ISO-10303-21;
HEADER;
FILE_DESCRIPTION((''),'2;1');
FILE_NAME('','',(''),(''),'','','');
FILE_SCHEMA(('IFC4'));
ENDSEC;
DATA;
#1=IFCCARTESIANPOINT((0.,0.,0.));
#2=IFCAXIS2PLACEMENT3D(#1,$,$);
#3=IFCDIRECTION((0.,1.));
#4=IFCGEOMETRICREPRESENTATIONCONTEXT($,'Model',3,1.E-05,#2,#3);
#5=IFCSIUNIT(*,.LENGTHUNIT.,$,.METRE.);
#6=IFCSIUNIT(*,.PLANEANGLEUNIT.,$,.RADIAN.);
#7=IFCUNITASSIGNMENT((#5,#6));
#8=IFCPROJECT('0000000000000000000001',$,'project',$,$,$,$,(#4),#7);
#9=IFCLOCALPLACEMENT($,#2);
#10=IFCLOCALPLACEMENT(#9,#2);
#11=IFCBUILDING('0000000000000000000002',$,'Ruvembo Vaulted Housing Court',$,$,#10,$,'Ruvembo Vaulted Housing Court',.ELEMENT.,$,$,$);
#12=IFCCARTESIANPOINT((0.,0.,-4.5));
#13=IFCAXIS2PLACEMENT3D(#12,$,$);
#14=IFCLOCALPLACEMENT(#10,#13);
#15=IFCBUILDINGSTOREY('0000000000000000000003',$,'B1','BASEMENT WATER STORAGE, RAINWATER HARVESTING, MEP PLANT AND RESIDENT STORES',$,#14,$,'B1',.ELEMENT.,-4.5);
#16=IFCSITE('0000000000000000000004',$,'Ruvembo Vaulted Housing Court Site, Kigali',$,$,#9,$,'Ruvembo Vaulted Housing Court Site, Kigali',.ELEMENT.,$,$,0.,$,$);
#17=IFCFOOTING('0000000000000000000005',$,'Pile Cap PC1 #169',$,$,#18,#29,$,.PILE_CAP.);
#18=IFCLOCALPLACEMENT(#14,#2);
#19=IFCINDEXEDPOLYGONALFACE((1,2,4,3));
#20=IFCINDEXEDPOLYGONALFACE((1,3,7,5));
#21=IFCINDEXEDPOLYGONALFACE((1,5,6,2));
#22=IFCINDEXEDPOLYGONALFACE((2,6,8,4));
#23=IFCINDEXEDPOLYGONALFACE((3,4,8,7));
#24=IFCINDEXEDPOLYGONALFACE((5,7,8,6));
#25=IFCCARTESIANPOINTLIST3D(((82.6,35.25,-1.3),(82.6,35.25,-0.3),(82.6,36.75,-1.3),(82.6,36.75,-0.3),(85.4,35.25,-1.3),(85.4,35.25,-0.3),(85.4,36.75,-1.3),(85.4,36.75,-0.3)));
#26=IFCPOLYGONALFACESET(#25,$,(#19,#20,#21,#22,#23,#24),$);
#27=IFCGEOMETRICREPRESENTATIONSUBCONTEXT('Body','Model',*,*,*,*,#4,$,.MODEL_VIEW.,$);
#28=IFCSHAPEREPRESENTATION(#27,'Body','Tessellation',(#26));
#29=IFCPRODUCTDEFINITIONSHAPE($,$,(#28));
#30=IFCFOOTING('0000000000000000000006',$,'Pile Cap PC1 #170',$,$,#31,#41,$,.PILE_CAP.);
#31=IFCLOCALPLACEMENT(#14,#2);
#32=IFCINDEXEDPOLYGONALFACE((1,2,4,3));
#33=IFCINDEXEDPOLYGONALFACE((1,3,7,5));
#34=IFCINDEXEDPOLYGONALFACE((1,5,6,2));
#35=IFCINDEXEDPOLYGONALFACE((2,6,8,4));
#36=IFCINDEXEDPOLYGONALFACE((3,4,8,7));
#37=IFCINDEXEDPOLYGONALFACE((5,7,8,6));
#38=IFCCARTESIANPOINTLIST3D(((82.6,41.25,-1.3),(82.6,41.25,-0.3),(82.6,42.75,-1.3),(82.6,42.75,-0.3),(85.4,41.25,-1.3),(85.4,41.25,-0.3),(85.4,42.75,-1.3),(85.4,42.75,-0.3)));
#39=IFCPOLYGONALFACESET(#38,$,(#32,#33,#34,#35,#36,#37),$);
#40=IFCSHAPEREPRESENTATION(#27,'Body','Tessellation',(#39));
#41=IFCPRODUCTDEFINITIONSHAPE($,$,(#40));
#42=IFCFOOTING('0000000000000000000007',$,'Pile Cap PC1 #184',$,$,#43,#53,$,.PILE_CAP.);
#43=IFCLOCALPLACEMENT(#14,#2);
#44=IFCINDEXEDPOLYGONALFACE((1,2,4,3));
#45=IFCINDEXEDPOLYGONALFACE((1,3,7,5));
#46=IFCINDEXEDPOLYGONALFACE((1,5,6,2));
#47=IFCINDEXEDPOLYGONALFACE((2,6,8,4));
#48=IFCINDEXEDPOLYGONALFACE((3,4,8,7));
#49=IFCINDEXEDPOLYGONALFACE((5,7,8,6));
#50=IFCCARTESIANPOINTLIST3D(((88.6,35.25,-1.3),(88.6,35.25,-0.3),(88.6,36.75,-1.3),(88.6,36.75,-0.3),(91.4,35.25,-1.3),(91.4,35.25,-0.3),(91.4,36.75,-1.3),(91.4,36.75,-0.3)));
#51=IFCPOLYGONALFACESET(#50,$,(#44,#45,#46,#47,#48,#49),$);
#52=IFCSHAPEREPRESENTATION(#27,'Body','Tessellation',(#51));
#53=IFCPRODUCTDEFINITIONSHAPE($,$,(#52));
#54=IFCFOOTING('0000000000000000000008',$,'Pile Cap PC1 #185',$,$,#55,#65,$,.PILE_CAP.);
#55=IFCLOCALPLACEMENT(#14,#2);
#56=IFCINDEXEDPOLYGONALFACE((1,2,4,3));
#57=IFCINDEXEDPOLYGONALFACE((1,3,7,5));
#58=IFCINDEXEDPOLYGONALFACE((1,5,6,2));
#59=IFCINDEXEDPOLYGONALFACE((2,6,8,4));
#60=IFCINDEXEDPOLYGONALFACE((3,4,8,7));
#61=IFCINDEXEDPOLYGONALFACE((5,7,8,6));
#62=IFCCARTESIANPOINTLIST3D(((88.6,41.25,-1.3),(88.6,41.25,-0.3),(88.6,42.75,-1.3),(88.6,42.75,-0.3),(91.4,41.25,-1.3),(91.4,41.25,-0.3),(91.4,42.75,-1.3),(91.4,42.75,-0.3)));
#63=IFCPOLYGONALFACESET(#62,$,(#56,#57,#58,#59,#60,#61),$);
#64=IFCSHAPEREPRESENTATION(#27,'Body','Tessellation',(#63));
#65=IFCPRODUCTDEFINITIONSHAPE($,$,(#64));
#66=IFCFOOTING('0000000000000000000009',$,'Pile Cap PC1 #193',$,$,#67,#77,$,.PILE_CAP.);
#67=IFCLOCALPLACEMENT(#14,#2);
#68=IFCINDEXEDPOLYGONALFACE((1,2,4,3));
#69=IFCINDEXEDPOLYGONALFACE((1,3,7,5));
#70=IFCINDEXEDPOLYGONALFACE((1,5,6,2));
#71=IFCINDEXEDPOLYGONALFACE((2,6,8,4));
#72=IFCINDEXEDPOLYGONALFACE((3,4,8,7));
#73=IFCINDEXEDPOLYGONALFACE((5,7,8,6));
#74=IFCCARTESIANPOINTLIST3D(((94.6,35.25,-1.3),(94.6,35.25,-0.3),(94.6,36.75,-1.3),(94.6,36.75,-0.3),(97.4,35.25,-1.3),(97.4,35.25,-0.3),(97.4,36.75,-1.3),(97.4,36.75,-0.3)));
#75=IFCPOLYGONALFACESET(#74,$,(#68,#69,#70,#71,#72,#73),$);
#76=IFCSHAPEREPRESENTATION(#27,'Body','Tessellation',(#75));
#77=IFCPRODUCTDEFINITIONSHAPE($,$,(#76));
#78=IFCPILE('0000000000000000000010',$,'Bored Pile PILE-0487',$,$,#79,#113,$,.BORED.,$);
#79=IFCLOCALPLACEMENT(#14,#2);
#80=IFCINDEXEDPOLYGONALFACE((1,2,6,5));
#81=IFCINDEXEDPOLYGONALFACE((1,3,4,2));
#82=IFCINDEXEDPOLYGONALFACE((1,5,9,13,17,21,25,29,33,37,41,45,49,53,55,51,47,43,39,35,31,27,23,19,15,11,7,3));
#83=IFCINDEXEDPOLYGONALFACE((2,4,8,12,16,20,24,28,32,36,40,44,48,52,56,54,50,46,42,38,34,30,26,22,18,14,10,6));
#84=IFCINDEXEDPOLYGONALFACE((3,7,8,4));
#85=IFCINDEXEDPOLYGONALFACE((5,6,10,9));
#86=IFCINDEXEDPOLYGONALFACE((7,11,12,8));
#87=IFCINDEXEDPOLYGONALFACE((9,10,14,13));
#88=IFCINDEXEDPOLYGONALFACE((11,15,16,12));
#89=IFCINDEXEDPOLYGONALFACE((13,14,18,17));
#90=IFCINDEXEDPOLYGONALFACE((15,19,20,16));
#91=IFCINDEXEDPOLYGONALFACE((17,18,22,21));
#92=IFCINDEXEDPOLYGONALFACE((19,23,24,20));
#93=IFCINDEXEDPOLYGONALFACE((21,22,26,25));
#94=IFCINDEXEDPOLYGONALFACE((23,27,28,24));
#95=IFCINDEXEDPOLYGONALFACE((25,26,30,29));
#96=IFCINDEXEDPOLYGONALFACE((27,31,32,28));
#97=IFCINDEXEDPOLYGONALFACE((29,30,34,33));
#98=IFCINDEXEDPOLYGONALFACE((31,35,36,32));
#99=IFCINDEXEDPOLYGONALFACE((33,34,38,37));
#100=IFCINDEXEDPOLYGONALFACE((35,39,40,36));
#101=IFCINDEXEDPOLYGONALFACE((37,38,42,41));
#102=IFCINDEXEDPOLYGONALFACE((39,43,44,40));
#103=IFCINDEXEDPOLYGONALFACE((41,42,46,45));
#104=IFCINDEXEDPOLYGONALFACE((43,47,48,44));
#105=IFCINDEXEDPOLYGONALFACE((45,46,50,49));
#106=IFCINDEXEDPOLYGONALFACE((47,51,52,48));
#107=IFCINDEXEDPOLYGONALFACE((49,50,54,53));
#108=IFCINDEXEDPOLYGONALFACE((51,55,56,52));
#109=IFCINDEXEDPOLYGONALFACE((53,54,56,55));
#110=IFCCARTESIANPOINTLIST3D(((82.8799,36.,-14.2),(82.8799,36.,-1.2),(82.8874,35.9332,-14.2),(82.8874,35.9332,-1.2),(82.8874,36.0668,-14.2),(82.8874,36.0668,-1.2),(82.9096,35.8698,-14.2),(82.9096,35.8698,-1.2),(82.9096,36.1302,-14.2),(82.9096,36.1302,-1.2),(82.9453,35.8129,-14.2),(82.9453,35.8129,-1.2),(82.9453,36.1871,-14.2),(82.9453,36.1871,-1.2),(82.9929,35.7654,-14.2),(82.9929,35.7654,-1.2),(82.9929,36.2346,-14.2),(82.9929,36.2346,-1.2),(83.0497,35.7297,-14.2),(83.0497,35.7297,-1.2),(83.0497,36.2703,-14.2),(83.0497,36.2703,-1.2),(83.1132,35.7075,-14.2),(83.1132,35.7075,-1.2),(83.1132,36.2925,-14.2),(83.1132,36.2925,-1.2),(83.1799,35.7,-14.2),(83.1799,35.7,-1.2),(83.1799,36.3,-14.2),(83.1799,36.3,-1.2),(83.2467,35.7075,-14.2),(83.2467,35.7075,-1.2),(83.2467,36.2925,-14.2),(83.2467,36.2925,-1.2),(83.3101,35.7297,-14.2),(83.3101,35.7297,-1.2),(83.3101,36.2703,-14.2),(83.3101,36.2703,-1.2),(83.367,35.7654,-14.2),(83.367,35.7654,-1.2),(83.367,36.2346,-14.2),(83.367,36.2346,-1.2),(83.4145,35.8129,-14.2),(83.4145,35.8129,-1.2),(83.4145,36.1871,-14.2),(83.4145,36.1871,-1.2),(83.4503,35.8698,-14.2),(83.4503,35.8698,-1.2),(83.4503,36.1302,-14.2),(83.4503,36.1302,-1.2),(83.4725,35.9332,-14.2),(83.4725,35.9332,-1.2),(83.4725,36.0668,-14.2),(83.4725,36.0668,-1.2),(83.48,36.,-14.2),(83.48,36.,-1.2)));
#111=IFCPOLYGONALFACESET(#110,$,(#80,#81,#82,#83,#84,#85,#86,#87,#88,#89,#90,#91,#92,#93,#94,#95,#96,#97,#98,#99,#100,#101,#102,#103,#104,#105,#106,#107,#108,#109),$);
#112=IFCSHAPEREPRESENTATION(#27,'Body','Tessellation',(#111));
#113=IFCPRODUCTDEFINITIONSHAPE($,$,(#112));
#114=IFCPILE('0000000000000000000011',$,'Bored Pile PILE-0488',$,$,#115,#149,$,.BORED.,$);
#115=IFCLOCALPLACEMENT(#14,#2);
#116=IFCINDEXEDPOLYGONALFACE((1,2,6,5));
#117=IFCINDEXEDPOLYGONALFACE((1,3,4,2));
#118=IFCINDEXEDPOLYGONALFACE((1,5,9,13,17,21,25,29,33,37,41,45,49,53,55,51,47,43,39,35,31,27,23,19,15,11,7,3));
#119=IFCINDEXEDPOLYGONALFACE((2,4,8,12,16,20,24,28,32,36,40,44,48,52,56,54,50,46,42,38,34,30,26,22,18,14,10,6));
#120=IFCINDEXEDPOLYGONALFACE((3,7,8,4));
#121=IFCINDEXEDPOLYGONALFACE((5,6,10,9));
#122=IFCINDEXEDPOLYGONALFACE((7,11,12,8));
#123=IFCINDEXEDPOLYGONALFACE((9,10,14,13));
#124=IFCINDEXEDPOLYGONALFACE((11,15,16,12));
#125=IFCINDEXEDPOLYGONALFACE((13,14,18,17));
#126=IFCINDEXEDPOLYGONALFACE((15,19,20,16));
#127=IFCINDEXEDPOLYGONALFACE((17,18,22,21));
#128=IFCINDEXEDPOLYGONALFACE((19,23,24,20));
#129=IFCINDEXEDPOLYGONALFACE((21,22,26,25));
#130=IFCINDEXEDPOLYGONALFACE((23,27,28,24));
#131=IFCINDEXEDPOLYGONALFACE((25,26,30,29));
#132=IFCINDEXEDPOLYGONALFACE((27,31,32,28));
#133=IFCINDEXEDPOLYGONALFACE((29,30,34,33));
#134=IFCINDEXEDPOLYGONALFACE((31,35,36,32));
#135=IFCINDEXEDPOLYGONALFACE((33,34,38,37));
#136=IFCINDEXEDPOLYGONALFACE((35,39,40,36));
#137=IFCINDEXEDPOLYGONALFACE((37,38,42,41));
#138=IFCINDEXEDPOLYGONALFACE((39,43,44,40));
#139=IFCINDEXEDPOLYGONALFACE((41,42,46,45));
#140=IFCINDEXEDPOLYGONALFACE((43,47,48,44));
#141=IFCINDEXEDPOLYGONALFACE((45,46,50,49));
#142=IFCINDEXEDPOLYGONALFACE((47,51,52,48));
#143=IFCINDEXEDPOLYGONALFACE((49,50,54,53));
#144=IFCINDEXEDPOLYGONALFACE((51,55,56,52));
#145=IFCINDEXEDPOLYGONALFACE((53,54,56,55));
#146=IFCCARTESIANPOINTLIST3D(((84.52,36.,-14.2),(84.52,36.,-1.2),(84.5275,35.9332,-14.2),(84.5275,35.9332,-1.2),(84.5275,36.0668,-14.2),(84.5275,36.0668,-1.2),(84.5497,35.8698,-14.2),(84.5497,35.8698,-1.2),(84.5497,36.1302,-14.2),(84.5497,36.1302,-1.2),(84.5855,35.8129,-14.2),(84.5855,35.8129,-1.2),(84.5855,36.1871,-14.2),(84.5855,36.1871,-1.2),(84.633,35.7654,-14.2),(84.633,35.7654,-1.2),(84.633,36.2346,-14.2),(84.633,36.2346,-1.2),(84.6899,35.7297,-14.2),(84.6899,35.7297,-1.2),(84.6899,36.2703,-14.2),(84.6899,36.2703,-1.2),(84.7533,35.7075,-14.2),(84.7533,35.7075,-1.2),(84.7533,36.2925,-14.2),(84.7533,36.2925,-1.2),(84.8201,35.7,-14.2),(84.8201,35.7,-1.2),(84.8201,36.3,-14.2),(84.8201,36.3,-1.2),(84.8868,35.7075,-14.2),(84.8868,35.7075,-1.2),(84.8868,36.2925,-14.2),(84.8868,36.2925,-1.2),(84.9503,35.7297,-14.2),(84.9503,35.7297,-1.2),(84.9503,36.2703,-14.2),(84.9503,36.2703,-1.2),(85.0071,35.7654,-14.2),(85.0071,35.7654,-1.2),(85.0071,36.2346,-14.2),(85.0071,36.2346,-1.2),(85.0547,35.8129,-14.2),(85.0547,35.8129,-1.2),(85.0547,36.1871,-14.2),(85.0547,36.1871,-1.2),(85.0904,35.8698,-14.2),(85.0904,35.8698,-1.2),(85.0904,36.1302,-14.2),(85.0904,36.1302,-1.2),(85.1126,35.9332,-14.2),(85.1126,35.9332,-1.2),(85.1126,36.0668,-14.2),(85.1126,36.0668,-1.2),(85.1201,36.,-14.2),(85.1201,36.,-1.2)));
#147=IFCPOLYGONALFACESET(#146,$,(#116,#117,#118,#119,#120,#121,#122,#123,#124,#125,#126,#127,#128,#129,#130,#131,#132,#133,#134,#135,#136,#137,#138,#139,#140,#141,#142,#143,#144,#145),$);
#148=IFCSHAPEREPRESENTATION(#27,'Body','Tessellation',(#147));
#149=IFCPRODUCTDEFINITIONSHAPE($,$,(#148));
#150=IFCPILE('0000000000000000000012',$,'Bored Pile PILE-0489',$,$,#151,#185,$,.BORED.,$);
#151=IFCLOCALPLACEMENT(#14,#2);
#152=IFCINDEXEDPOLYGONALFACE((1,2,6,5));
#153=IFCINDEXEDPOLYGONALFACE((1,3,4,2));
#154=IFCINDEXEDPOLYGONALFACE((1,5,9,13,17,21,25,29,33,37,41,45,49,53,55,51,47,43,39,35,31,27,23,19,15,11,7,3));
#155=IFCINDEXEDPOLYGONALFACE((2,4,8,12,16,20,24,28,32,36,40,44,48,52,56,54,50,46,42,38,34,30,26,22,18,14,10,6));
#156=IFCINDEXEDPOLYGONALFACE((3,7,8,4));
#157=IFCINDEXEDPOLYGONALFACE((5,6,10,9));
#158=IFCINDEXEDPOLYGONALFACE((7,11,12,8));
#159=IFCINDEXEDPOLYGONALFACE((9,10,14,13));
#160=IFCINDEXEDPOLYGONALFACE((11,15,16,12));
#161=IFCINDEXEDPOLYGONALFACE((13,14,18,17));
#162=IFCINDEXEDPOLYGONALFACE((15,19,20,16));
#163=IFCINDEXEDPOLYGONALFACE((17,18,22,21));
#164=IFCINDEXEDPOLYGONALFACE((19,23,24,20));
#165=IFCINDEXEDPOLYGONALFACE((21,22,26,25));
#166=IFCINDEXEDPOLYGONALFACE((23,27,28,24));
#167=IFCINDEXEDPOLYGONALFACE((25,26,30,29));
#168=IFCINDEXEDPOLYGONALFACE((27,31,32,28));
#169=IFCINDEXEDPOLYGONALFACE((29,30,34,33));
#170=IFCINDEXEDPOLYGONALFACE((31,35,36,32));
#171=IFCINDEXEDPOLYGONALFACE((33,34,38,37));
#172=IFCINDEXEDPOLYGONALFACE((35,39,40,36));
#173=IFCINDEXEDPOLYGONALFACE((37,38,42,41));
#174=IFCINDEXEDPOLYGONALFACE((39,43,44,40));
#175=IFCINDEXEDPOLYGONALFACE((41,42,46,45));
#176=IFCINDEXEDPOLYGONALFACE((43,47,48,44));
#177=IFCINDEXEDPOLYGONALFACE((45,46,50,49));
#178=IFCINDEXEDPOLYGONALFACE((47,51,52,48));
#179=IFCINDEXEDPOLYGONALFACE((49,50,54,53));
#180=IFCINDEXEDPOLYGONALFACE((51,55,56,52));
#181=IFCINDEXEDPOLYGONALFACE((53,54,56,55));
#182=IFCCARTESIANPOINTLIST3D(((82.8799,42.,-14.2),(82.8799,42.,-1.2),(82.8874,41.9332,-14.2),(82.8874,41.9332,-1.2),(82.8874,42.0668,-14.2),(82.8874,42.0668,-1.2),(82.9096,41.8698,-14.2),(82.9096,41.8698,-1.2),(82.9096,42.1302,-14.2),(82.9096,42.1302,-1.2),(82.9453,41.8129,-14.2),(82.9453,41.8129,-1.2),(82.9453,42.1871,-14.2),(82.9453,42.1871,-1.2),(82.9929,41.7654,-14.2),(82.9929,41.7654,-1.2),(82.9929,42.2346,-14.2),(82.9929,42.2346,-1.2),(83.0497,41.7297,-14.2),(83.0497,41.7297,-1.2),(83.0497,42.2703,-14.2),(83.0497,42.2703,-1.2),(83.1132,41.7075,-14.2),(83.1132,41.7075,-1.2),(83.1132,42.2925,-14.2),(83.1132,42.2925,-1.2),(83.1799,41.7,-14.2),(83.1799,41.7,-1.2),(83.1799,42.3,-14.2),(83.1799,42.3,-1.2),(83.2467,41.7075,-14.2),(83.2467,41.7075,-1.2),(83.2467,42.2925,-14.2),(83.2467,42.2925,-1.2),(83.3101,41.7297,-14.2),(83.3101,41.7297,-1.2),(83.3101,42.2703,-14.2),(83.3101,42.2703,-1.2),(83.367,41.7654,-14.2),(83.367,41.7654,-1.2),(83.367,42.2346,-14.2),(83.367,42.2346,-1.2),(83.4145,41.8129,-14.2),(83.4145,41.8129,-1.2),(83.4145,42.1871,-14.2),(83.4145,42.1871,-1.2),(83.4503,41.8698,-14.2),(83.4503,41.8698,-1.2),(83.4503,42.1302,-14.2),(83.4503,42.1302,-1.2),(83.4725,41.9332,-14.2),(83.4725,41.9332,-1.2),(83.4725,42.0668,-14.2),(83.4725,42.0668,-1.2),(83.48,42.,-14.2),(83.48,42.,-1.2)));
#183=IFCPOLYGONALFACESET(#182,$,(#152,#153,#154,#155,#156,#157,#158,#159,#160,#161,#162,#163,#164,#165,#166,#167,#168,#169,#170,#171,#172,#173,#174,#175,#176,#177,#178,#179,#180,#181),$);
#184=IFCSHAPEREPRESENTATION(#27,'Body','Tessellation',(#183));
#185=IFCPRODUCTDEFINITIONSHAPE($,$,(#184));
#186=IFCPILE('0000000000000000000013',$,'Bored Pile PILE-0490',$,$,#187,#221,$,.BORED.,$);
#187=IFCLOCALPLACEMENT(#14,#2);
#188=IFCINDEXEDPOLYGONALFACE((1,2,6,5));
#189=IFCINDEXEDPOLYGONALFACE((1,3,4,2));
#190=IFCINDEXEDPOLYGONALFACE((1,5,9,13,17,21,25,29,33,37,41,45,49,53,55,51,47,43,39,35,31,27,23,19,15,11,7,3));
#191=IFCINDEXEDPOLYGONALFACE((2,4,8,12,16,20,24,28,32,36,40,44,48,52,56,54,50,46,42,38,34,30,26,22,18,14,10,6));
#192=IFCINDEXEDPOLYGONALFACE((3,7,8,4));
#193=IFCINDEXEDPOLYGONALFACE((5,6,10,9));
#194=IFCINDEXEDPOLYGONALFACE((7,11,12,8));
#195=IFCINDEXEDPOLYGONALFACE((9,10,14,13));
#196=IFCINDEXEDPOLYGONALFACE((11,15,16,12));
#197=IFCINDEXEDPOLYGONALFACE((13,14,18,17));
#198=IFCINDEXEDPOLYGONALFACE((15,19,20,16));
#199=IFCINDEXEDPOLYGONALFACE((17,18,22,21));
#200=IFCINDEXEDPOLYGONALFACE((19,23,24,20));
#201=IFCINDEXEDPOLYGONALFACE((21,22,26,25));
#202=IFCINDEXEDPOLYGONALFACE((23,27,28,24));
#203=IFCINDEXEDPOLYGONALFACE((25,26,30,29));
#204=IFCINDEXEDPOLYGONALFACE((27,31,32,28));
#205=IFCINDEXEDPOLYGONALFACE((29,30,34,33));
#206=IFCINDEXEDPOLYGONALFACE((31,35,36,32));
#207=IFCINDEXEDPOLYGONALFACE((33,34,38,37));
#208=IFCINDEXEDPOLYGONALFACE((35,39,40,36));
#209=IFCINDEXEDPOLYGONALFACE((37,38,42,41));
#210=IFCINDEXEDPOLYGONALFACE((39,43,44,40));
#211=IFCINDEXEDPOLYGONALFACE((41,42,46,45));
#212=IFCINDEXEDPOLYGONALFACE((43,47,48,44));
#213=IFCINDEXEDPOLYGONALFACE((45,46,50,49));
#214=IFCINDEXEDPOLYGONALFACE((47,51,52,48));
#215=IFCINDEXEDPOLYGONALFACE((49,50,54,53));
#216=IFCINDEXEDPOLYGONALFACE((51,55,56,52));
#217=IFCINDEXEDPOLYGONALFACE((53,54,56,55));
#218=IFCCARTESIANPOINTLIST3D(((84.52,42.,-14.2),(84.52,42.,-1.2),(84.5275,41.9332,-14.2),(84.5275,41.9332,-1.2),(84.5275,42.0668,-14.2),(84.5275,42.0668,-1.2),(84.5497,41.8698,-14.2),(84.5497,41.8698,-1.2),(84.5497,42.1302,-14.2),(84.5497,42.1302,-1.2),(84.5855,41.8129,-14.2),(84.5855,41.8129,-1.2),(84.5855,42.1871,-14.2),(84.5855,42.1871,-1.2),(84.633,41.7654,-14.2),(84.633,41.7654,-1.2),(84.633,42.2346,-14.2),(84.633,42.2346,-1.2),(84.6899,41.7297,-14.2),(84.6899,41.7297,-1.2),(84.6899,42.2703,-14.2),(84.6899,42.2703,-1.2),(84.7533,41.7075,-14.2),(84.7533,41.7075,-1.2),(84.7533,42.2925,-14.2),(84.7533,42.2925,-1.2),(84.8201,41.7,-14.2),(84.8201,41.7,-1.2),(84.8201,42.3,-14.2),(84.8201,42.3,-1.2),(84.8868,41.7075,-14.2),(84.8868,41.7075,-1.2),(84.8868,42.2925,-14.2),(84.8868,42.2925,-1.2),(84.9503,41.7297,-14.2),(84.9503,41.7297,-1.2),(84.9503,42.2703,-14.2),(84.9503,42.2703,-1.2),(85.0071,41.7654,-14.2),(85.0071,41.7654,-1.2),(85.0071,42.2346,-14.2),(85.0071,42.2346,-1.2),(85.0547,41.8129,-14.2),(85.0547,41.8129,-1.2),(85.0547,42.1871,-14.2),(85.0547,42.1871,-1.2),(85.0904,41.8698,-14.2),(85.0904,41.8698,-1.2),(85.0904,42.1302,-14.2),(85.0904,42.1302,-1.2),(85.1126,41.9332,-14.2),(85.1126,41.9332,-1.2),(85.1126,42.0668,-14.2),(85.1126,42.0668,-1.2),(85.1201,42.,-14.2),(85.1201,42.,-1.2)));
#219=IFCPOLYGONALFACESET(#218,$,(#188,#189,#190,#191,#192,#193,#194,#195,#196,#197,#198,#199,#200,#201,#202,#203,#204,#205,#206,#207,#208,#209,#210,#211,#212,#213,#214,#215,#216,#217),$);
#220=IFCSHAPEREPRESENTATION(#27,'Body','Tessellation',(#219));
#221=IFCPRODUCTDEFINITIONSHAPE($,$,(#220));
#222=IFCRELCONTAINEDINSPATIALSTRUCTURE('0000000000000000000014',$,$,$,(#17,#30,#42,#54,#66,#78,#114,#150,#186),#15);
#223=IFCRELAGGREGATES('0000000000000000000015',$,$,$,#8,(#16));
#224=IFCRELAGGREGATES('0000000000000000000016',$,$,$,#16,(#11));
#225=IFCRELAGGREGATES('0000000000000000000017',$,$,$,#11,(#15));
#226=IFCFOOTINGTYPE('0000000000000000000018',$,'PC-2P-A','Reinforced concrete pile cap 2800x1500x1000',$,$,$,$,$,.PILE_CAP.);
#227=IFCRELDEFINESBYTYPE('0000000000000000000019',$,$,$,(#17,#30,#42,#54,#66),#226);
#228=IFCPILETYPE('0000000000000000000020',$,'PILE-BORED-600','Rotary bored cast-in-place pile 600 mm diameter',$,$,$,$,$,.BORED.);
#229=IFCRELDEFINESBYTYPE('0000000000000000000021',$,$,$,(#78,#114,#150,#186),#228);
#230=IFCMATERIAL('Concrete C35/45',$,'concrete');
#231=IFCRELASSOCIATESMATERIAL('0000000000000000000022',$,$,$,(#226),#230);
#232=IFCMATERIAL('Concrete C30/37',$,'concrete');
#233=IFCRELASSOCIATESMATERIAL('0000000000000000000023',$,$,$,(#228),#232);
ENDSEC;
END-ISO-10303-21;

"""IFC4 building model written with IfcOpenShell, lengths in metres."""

from ifc_helpers import new_model, si_unit, direction, frame, origin, origin_2d, place, context, subcontext, project, spatial, rectangle, circle, extrude, material, material_profile, profile_set, type_object, element, save


model = new_model("IFC4")

# Units and contexts
model_context = context("Model", 3, precision=1e-05, world=origin(), true_north=direction((0.0, 1.0)))
body_context = subcontext(model_context, "Body", "Model", "MODEL_VIEW")
ifc_project = project(units=[si_unit("LENGTHUNIT", "METRE"), si_unit("PLANEANGLEUNIT", "RADIAN")], contexts=[model_context])

# Site, building, storey
site_placement = place(None, origin())
site = spatial("IfcSite", under=ifc_project, at=site_placement, Name="Ruvembo Vaulted Housing Court Site, Kigali", LongName="Ruvembo Vaulted Housing Court Site, Kigali", CompositionType="ELEMENT", RefElevation=0.0)
building_placement = place(site_placement, origin())
building = spatial("IfcBuilding", under=site, at=building_placement, Name="Ruvembo Vaulted Housing Court", LongName="Ruvembo Vaulted Housing Court", CompositionType="ELEMENT")
storey_placement = place(building_placement, frame((0.0, 0.0, -4.5)))
storey = spatial("IfcBuildingStorey", under=building, at=storey_placement, Name="B1", Description="BASEMENT WATER STORAGE, RAINWATER HARVESTING, MEP PLANT AND RESIDENT STORES", LongName="B1", CompositionType="ELEMENT", Elevation=-4.5)

# Footings
ifc_material_1 = material(Name="Concrete C35/45", Category="concrete")
footing_type = type_object("IfcFootingType", Name="PC-2P-A", Description="Reinforced concrete pile cap 2800x1500x1000", PredefinedType="PILE_CAP", material=ifc_material_1)
for number, where, z_axis, x_axis, name in (
    (1, (84.0, 36.0, -1.3), (0.0, 0.0, 1.0), (1.0, 0.0, 0.0), "Pile Cap PC1 #169"),
    (2, (84.0, 42.0, -1.3), (0.0, 0.0, 1.0), (1.0, 0.0, 0.0), "Pile Cap PC1 #170"),
    (3, (90.0, 36.0, -1.3), (0.0, 0.0, 1.0), (1.0, 0.0, 0.0), "Pile Cap PC1 #184"),
    (4, (90.0, 42.0, -1.3), (0.0, 0.0, 1.0), (1.0, 0.0, 0.0), "Pile Cap PC1 #185"),
    (5, (96.0, 36.0, -1.3), (0.0, 0.0, 1.0), (1.0, 0.0, 0.0), "Pile Cap PC1 #193"),
):
    element("IfcFooting", number, at=place(storey_placement, frame(where, z_axis=z_axis, x_axis=x_axis)), inside=storey, type_object=footing_type, Name=name, PredefinedType="PILE_CAP", context=body_context, shape_type="SweptSolid", body=[
        extrude(rectangle(XDim=2.8, YDim=1.5, at=origin_2d()), origin(), (0.0, 0.0, 1.0), 1.0),
    ])

# Piles
ifc_material_2 = material(Name="Concrete C30/37", Category="concrete")
ifc_material_profile_1 = material_profile(ifc_material_2, circle(Radius=0.3, at=origin_2d()), Name="PILE D600")
ifc_profile_set_1 = profile_set([ifc_material_profile_1], Name="Concrete C30/37")
pile_type = type_object("IfcPileType", Name="PILE-BORED-600", Description="Rotary bored cast-in-place pile 600 mm diameter", PredefinedType="BORED", material=ifc_profile_set_1)
for number, where, z_axis, x_axis, name in (
    (6, (83.1799, 36.0, -1.2), (0.0, 0.0, -1.0), (1.0, 0.0, 0.0), "Bored Pile PILE-0487"),
    (7, (84.8201, 36.0, -1.2), (0.0, 0.0, -1.0), (1.0, 0.0, 0.0), "Bored Pile PILE-0488"),
    (8, (83.1799, 42.0, -1.2), (0.0, 0.0, -1.0), (1.0, 0.0, 0.0), "Bored Pile PILE-0489"),
    (9, (84.8201, 42.0, -1.2), (0.0, 0.0, -1.0), (1.0, 0.0, 0.0), "Bored Pile PILE-0490"),
):
    element("IfcPile", number, at=place(storey_placement, frame(where, z_axis=z_axis, x_axis=x_axis)), inside=storey, type_object=pile_type, Name=name, PredefinedType="BORED", context=body_context, shape_type="SweptSolid", body=[
        extrude(circle(Radius=0.3, at=origin_2d()), origin(), (0.0, 0.0, 1.0), 13.0),
    ])

save(model, "model.ifc")
